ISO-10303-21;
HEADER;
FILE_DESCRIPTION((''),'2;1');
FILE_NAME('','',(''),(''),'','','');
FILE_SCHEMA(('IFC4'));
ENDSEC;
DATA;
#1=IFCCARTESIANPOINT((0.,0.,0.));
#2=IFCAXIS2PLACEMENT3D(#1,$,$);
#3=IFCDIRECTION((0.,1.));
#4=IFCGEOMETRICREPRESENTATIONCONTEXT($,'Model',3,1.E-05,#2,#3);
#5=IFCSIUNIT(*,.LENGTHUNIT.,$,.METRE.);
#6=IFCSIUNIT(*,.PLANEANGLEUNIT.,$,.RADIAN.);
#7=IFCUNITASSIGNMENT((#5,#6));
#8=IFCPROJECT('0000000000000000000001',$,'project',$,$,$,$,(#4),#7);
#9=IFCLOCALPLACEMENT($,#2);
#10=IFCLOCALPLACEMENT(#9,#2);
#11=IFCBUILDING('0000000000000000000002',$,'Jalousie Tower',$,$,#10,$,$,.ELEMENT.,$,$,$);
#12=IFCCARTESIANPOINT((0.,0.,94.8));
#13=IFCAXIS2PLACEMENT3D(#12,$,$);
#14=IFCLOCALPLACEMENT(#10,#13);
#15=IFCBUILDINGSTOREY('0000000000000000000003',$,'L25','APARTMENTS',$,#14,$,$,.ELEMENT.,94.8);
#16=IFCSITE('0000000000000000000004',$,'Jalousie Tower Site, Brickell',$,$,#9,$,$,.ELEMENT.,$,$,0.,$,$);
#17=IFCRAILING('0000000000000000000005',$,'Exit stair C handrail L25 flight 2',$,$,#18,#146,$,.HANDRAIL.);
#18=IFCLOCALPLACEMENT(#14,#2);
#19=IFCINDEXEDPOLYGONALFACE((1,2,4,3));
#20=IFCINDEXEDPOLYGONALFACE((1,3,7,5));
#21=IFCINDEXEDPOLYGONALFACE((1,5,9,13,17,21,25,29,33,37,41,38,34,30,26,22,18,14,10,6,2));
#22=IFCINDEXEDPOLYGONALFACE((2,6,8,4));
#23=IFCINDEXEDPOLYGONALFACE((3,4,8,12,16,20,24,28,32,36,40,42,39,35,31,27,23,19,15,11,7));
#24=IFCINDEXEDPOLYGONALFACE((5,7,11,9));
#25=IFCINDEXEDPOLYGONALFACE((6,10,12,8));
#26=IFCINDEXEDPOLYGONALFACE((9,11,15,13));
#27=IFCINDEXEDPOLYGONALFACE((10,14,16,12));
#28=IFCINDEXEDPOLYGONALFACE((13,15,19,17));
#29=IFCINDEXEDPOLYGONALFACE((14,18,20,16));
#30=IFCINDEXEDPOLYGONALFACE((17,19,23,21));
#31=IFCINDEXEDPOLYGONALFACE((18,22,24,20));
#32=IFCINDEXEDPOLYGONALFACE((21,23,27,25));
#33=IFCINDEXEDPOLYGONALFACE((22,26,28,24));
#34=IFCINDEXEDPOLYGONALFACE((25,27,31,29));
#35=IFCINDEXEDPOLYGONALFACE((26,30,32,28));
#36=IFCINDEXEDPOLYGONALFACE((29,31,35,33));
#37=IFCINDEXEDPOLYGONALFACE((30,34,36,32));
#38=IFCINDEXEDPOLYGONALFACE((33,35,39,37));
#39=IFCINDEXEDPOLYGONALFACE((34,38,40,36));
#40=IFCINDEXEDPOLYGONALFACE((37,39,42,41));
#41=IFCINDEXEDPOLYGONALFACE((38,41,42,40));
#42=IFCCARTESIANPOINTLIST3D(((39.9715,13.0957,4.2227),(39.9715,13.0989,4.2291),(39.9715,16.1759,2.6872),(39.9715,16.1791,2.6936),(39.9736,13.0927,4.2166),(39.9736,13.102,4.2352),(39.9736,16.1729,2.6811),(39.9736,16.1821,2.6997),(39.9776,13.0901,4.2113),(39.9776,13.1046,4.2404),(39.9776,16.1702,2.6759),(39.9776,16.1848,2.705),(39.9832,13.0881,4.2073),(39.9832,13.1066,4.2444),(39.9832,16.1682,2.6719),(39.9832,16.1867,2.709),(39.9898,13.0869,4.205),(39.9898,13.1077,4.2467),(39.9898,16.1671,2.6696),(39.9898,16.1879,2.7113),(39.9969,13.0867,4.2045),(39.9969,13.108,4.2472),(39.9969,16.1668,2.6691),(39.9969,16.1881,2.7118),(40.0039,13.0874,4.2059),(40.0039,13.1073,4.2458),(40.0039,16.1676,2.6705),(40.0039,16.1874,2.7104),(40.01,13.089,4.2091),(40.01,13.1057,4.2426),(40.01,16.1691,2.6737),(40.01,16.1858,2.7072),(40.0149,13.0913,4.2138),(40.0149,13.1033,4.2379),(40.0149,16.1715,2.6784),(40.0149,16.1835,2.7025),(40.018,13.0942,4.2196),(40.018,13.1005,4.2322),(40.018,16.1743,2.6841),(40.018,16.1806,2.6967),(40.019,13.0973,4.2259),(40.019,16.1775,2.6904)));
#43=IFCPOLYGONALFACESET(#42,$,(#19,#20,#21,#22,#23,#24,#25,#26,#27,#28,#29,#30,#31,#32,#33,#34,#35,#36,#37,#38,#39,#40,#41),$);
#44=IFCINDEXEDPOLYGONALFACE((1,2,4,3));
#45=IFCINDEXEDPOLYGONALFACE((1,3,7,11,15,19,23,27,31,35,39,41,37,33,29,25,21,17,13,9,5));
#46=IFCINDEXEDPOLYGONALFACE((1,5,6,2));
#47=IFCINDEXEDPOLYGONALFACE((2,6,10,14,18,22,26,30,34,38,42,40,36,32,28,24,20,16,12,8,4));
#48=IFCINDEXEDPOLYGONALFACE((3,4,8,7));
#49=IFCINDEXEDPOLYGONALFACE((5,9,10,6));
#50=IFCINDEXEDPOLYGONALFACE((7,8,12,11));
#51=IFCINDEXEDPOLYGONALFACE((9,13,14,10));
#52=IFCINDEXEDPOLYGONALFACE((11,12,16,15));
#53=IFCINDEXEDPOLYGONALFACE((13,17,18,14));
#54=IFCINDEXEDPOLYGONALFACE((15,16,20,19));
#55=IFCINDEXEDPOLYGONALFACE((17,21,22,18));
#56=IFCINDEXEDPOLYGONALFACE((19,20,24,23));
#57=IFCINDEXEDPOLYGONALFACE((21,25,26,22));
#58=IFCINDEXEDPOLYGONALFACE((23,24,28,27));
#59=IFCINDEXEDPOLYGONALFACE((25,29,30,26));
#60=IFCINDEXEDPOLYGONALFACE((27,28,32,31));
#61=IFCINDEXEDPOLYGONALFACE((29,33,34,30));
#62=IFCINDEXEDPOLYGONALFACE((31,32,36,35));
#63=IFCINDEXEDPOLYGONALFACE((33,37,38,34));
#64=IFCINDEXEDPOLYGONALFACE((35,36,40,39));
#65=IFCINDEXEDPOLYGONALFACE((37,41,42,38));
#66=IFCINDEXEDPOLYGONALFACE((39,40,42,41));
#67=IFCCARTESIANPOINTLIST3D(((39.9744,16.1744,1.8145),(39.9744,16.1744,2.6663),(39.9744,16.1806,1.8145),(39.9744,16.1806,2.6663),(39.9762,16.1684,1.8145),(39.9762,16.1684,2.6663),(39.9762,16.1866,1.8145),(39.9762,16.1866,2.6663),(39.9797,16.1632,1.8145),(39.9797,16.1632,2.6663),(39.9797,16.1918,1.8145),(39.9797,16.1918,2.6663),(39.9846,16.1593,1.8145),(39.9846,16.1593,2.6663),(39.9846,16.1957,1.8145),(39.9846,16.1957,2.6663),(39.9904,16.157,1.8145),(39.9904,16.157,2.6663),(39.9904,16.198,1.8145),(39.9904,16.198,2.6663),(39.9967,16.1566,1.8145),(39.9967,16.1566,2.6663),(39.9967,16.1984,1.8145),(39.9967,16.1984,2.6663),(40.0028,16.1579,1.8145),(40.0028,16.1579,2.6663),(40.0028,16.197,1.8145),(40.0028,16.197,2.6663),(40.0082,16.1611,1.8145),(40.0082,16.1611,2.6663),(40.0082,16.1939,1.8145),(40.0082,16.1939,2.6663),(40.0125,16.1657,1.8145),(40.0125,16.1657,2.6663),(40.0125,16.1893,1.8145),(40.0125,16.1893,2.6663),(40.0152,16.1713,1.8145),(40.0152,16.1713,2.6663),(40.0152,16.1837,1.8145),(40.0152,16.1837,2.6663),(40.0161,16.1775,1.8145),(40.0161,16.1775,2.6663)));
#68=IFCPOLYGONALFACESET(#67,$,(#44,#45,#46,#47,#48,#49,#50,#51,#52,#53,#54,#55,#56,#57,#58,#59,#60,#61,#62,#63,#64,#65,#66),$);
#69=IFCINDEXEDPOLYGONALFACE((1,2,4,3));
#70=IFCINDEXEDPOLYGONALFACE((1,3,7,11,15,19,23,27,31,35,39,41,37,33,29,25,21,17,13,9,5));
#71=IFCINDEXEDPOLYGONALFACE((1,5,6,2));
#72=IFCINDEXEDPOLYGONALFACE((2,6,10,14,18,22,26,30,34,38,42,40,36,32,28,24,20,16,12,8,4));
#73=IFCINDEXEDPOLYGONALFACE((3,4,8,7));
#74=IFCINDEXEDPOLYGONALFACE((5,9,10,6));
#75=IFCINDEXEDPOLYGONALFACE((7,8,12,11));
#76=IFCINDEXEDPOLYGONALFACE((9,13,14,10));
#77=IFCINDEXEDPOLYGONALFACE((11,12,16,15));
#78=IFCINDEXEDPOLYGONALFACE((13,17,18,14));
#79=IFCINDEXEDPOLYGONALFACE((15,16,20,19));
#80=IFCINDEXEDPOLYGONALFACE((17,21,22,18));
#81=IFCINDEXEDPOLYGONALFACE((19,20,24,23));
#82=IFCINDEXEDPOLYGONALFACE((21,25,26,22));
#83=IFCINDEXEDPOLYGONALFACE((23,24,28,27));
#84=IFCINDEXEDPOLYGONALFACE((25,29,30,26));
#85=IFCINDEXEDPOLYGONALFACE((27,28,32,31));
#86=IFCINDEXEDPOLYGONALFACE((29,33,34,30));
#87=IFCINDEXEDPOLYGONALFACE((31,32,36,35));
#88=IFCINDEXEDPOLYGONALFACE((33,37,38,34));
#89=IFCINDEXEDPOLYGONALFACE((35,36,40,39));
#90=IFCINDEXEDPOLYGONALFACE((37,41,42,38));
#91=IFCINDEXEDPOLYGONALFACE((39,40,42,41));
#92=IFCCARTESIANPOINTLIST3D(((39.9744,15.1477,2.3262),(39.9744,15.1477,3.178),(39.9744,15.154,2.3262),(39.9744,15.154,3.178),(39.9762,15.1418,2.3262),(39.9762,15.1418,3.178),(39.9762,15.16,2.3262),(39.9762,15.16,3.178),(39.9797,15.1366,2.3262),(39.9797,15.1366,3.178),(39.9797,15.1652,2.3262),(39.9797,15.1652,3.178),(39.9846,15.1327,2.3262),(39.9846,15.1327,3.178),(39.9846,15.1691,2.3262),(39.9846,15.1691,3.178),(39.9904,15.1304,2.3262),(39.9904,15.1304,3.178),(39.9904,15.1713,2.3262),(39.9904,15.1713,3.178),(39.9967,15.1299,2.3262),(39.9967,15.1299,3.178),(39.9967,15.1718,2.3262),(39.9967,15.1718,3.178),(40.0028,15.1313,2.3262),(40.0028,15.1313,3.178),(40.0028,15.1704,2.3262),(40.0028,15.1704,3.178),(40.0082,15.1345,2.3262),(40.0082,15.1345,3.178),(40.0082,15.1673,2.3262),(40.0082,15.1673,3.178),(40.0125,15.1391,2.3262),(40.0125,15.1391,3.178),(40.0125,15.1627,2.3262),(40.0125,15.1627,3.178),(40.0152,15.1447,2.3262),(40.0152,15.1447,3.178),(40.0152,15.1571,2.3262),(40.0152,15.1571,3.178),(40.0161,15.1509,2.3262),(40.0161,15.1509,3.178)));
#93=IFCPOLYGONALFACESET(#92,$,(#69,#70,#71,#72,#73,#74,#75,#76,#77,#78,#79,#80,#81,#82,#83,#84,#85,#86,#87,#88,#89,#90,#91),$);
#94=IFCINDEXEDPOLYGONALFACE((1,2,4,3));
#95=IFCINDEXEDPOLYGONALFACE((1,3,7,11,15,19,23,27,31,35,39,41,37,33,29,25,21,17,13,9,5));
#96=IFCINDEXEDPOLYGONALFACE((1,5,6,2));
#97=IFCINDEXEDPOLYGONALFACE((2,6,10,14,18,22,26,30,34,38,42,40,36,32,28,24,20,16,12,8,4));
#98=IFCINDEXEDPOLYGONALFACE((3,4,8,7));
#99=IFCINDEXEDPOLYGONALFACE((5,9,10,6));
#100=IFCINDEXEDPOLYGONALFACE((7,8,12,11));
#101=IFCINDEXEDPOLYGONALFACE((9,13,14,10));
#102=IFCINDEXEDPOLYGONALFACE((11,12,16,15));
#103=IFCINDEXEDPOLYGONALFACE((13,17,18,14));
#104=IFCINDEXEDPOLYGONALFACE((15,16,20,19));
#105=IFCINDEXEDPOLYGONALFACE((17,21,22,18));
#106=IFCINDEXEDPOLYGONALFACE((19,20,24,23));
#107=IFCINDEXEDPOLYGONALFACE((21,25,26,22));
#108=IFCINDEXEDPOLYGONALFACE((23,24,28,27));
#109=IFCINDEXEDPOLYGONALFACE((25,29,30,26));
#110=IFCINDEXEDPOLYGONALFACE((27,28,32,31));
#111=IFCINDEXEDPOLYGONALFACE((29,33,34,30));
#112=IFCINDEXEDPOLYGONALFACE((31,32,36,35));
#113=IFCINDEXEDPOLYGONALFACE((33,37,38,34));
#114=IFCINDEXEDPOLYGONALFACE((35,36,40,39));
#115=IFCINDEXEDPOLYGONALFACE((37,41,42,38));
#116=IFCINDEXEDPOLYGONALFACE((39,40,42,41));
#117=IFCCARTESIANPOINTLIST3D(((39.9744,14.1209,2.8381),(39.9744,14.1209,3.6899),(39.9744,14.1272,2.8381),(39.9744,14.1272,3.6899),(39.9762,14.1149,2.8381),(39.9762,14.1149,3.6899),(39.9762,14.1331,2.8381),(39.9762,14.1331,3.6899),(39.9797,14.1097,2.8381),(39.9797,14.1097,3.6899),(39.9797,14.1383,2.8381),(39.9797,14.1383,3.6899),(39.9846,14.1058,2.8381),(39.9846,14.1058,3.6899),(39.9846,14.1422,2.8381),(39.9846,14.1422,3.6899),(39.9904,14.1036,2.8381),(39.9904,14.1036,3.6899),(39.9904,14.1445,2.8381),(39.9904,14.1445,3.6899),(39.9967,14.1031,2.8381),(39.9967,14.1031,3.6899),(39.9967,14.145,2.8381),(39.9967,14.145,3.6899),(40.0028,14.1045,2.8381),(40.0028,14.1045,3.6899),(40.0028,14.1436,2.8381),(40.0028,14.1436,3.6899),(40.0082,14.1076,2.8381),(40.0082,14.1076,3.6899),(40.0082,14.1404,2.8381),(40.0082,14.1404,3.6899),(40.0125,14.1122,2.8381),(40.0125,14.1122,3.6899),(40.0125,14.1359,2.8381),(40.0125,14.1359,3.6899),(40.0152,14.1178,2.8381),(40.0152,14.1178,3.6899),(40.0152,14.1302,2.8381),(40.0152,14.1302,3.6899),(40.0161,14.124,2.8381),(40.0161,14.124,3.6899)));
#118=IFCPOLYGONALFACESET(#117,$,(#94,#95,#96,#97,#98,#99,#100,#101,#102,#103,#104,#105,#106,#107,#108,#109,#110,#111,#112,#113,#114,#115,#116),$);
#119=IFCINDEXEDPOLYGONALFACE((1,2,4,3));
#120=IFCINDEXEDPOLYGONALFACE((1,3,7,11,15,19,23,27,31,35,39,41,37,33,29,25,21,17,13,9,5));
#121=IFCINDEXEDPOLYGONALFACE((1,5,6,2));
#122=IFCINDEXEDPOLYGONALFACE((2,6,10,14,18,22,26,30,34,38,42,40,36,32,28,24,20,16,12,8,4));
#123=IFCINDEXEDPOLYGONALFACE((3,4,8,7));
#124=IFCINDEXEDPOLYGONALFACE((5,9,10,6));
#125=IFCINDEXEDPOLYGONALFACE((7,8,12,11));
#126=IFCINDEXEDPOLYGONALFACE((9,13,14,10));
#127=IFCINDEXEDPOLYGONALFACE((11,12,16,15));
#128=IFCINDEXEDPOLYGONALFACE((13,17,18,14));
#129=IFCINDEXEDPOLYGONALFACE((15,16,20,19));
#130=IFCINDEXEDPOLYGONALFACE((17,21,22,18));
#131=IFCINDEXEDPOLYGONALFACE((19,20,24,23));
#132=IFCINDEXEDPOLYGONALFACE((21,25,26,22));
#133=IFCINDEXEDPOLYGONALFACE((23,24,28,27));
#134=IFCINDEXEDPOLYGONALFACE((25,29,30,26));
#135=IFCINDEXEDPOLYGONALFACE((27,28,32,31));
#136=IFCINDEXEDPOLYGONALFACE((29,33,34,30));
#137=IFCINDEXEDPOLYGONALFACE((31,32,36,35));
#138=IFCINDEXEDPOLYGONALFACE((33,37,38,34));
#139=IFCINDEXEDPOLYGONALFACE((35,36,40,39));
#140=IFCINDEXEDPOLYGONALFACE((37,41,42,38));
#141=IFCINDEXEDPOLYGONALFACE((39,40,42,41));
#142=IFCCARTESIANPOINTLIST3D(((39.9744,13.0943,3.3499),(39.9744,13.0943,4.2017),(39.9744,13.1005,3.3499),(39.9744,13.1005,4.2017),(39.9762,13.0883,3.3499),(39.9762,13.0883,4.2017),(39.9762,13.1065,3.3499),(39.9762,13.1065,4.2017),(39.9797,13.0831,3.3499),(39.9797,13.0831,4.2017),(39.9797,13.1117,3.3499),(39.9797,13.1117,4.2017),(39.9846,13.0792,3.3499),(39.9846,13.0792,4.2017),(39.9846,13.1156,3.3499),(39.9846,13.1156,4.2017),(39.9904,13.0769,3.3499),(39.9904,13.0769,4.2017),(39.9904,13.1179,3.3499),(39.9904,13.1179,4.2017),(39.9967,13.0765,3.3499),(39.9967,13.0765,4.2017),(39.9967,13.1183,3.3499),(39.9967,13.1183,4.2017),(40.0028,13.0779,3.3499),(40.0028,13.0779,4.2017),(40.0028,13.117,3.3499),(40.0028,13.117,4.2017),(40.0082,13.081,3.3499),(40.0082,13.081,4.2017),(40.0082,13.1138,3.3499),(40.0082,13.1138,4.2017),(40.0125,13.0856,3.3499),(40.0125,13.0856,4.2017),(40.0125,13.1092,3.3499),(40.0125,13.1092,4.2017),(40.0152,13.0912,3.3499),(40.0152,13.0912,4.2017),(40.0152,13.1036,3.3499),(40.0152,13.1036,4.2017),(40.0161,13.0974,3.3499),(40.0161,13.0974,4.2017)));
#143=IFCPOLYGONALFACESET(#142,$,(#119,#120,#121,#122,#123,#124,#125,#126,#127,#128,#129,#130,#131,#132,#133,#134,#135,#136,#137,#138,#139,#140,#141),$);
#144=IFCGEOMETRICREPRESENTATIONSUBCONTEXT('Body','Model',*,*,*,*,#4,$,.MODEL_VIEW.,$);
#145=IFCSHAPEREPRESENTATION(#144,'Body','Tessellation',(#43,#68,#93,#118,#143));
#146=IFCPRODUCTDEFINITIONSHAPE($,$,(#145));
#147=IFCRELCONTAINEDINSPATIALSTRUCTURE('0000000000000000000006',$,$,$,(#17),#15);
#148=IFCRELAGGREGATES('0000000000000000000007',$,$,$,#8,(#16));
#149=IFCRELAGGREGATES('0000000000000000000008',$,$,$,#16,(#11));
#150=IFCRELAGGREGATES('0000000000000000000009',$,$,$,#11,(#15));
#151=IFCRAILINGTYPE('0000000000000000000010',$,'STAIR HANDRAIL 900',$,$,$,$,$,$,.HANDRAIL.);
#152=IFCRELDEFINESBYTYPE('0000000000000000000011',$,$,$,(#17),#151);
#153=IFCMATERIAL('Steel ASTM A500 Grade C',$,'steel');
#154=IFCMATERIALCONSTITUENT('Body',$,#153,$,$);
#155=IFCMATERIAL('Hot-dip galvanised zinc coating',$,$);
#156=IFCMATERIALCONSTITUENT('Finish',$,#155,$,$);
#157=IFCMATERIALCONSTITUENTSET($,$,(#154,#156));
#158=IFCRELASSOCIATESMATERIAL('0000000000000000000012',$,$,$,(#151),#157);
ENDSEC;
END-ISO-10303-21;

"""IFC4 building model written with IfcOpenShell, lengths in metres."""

from ifc_helpers import new_model, si_unit, direction, frame, origin, origin_2d, place, context, subcontext, project, spatial, circle, extrude, material, constituent, constituent_set, type_object, element, save


model = new_model("IFC4")

# Units and contexts
model_context = context("Model", 3, precision=1e-05, world=origin(), true_north=direction((0.0, 1.0)))
body_context = subcontext(model_context, "Body", "Model", "MODEL_VIEW")
ifc_project = project(units=[si_unit("LENGTHUNIT", "METRE"), si_unit("PLANEANGLEUNIT", "RADIAN")], contexts=[model_context])

# Site, building, storey
site_placement = place(None, origin())
site = spatial("IfcSite", under=ifc_project, at=site_placement, Name="Jalousie Tower Site, Brickell", CompositionType="ELEMENT", RefElevation=0.0)
building_placement = place(site_placement, origin())
building = spatial("IfcBuilding", under=site, at=building_placement, Name="Jalousie Tower", CompositionType="ELEMENT")
storey_placement = place(building_placement, frame((0.0, 0.0, 94.8)))
storey = spatial("IfcBuildingStorey", under=building, at=storey_placement, Name="L25", Description="APARTMENTS", CompositionType="ELEMENT", Elevation=94.8)

# Railing
ifc_material_1 = material(Name="Steel ASTM A500 Grade C", Category="steel")
ifc_constituent_1 = constituent(ifc_material_1, Name="Body")
ifc_material_2 = material(Name="Hot-dip galvanised zinc coating")
ifc_constituent_2 = constituent(ifc_material_2, Name="Finish")
ifc_constituent_set_1 = constituent_set(constituents=[ifc_constituent_1, ifc_constituent_2])
railing_type_1 = type_object("IfcRailingType", Name="STAIR HANDRAIL 900", PredefinedType="HANDRAIL", material=ifc_constituent_set_1)
railing_1_placement = place(storey_placement, frame((39.9951, 16.1775, 1.8145)))
element("IfcRailing", 1, at=railing_1_placement, inside=storey, type_object=railing_type_1, Name="Exit stair C handrail L25 flight 2", PredefinedType="HANDRAIL", context=body_context, shape_type="SweptSolid", body=[
    extrude(circle(Radius=0.0239, at=origin_2d()), frame((0.0, 0.0, 0.876), z_axis=(0.0, -0.894966, 0.446135), x_axis=(1.0, 0.0, 0.0)), (0.0, 0.0, 1.0), 3.4417),
    extrude(circle(Radius=0.021, at=origin_2d()), origin(), (0.0, 0.0, 1.0), 0.8518),
    extrude(circle(Radius=0.021, at=origin_2d()), frame((0.0, -1.0266, 0.5117)), (0.0, 0.0, 1.0), 0.8518),
    extrude(circle(Radius=0.021, at=origin_2d()), frame((0.0, -2.0535, 1.0237)), (0.0, 0.0, 1.0), 0.8518),
    extrude(circle(Radius=0.021, at=origin_2d()), frame((0.0, -3.0801, 1.5354)), (0.0, 0.0, 1.0), 0.8518),
])

save(model, "model.ifc")
